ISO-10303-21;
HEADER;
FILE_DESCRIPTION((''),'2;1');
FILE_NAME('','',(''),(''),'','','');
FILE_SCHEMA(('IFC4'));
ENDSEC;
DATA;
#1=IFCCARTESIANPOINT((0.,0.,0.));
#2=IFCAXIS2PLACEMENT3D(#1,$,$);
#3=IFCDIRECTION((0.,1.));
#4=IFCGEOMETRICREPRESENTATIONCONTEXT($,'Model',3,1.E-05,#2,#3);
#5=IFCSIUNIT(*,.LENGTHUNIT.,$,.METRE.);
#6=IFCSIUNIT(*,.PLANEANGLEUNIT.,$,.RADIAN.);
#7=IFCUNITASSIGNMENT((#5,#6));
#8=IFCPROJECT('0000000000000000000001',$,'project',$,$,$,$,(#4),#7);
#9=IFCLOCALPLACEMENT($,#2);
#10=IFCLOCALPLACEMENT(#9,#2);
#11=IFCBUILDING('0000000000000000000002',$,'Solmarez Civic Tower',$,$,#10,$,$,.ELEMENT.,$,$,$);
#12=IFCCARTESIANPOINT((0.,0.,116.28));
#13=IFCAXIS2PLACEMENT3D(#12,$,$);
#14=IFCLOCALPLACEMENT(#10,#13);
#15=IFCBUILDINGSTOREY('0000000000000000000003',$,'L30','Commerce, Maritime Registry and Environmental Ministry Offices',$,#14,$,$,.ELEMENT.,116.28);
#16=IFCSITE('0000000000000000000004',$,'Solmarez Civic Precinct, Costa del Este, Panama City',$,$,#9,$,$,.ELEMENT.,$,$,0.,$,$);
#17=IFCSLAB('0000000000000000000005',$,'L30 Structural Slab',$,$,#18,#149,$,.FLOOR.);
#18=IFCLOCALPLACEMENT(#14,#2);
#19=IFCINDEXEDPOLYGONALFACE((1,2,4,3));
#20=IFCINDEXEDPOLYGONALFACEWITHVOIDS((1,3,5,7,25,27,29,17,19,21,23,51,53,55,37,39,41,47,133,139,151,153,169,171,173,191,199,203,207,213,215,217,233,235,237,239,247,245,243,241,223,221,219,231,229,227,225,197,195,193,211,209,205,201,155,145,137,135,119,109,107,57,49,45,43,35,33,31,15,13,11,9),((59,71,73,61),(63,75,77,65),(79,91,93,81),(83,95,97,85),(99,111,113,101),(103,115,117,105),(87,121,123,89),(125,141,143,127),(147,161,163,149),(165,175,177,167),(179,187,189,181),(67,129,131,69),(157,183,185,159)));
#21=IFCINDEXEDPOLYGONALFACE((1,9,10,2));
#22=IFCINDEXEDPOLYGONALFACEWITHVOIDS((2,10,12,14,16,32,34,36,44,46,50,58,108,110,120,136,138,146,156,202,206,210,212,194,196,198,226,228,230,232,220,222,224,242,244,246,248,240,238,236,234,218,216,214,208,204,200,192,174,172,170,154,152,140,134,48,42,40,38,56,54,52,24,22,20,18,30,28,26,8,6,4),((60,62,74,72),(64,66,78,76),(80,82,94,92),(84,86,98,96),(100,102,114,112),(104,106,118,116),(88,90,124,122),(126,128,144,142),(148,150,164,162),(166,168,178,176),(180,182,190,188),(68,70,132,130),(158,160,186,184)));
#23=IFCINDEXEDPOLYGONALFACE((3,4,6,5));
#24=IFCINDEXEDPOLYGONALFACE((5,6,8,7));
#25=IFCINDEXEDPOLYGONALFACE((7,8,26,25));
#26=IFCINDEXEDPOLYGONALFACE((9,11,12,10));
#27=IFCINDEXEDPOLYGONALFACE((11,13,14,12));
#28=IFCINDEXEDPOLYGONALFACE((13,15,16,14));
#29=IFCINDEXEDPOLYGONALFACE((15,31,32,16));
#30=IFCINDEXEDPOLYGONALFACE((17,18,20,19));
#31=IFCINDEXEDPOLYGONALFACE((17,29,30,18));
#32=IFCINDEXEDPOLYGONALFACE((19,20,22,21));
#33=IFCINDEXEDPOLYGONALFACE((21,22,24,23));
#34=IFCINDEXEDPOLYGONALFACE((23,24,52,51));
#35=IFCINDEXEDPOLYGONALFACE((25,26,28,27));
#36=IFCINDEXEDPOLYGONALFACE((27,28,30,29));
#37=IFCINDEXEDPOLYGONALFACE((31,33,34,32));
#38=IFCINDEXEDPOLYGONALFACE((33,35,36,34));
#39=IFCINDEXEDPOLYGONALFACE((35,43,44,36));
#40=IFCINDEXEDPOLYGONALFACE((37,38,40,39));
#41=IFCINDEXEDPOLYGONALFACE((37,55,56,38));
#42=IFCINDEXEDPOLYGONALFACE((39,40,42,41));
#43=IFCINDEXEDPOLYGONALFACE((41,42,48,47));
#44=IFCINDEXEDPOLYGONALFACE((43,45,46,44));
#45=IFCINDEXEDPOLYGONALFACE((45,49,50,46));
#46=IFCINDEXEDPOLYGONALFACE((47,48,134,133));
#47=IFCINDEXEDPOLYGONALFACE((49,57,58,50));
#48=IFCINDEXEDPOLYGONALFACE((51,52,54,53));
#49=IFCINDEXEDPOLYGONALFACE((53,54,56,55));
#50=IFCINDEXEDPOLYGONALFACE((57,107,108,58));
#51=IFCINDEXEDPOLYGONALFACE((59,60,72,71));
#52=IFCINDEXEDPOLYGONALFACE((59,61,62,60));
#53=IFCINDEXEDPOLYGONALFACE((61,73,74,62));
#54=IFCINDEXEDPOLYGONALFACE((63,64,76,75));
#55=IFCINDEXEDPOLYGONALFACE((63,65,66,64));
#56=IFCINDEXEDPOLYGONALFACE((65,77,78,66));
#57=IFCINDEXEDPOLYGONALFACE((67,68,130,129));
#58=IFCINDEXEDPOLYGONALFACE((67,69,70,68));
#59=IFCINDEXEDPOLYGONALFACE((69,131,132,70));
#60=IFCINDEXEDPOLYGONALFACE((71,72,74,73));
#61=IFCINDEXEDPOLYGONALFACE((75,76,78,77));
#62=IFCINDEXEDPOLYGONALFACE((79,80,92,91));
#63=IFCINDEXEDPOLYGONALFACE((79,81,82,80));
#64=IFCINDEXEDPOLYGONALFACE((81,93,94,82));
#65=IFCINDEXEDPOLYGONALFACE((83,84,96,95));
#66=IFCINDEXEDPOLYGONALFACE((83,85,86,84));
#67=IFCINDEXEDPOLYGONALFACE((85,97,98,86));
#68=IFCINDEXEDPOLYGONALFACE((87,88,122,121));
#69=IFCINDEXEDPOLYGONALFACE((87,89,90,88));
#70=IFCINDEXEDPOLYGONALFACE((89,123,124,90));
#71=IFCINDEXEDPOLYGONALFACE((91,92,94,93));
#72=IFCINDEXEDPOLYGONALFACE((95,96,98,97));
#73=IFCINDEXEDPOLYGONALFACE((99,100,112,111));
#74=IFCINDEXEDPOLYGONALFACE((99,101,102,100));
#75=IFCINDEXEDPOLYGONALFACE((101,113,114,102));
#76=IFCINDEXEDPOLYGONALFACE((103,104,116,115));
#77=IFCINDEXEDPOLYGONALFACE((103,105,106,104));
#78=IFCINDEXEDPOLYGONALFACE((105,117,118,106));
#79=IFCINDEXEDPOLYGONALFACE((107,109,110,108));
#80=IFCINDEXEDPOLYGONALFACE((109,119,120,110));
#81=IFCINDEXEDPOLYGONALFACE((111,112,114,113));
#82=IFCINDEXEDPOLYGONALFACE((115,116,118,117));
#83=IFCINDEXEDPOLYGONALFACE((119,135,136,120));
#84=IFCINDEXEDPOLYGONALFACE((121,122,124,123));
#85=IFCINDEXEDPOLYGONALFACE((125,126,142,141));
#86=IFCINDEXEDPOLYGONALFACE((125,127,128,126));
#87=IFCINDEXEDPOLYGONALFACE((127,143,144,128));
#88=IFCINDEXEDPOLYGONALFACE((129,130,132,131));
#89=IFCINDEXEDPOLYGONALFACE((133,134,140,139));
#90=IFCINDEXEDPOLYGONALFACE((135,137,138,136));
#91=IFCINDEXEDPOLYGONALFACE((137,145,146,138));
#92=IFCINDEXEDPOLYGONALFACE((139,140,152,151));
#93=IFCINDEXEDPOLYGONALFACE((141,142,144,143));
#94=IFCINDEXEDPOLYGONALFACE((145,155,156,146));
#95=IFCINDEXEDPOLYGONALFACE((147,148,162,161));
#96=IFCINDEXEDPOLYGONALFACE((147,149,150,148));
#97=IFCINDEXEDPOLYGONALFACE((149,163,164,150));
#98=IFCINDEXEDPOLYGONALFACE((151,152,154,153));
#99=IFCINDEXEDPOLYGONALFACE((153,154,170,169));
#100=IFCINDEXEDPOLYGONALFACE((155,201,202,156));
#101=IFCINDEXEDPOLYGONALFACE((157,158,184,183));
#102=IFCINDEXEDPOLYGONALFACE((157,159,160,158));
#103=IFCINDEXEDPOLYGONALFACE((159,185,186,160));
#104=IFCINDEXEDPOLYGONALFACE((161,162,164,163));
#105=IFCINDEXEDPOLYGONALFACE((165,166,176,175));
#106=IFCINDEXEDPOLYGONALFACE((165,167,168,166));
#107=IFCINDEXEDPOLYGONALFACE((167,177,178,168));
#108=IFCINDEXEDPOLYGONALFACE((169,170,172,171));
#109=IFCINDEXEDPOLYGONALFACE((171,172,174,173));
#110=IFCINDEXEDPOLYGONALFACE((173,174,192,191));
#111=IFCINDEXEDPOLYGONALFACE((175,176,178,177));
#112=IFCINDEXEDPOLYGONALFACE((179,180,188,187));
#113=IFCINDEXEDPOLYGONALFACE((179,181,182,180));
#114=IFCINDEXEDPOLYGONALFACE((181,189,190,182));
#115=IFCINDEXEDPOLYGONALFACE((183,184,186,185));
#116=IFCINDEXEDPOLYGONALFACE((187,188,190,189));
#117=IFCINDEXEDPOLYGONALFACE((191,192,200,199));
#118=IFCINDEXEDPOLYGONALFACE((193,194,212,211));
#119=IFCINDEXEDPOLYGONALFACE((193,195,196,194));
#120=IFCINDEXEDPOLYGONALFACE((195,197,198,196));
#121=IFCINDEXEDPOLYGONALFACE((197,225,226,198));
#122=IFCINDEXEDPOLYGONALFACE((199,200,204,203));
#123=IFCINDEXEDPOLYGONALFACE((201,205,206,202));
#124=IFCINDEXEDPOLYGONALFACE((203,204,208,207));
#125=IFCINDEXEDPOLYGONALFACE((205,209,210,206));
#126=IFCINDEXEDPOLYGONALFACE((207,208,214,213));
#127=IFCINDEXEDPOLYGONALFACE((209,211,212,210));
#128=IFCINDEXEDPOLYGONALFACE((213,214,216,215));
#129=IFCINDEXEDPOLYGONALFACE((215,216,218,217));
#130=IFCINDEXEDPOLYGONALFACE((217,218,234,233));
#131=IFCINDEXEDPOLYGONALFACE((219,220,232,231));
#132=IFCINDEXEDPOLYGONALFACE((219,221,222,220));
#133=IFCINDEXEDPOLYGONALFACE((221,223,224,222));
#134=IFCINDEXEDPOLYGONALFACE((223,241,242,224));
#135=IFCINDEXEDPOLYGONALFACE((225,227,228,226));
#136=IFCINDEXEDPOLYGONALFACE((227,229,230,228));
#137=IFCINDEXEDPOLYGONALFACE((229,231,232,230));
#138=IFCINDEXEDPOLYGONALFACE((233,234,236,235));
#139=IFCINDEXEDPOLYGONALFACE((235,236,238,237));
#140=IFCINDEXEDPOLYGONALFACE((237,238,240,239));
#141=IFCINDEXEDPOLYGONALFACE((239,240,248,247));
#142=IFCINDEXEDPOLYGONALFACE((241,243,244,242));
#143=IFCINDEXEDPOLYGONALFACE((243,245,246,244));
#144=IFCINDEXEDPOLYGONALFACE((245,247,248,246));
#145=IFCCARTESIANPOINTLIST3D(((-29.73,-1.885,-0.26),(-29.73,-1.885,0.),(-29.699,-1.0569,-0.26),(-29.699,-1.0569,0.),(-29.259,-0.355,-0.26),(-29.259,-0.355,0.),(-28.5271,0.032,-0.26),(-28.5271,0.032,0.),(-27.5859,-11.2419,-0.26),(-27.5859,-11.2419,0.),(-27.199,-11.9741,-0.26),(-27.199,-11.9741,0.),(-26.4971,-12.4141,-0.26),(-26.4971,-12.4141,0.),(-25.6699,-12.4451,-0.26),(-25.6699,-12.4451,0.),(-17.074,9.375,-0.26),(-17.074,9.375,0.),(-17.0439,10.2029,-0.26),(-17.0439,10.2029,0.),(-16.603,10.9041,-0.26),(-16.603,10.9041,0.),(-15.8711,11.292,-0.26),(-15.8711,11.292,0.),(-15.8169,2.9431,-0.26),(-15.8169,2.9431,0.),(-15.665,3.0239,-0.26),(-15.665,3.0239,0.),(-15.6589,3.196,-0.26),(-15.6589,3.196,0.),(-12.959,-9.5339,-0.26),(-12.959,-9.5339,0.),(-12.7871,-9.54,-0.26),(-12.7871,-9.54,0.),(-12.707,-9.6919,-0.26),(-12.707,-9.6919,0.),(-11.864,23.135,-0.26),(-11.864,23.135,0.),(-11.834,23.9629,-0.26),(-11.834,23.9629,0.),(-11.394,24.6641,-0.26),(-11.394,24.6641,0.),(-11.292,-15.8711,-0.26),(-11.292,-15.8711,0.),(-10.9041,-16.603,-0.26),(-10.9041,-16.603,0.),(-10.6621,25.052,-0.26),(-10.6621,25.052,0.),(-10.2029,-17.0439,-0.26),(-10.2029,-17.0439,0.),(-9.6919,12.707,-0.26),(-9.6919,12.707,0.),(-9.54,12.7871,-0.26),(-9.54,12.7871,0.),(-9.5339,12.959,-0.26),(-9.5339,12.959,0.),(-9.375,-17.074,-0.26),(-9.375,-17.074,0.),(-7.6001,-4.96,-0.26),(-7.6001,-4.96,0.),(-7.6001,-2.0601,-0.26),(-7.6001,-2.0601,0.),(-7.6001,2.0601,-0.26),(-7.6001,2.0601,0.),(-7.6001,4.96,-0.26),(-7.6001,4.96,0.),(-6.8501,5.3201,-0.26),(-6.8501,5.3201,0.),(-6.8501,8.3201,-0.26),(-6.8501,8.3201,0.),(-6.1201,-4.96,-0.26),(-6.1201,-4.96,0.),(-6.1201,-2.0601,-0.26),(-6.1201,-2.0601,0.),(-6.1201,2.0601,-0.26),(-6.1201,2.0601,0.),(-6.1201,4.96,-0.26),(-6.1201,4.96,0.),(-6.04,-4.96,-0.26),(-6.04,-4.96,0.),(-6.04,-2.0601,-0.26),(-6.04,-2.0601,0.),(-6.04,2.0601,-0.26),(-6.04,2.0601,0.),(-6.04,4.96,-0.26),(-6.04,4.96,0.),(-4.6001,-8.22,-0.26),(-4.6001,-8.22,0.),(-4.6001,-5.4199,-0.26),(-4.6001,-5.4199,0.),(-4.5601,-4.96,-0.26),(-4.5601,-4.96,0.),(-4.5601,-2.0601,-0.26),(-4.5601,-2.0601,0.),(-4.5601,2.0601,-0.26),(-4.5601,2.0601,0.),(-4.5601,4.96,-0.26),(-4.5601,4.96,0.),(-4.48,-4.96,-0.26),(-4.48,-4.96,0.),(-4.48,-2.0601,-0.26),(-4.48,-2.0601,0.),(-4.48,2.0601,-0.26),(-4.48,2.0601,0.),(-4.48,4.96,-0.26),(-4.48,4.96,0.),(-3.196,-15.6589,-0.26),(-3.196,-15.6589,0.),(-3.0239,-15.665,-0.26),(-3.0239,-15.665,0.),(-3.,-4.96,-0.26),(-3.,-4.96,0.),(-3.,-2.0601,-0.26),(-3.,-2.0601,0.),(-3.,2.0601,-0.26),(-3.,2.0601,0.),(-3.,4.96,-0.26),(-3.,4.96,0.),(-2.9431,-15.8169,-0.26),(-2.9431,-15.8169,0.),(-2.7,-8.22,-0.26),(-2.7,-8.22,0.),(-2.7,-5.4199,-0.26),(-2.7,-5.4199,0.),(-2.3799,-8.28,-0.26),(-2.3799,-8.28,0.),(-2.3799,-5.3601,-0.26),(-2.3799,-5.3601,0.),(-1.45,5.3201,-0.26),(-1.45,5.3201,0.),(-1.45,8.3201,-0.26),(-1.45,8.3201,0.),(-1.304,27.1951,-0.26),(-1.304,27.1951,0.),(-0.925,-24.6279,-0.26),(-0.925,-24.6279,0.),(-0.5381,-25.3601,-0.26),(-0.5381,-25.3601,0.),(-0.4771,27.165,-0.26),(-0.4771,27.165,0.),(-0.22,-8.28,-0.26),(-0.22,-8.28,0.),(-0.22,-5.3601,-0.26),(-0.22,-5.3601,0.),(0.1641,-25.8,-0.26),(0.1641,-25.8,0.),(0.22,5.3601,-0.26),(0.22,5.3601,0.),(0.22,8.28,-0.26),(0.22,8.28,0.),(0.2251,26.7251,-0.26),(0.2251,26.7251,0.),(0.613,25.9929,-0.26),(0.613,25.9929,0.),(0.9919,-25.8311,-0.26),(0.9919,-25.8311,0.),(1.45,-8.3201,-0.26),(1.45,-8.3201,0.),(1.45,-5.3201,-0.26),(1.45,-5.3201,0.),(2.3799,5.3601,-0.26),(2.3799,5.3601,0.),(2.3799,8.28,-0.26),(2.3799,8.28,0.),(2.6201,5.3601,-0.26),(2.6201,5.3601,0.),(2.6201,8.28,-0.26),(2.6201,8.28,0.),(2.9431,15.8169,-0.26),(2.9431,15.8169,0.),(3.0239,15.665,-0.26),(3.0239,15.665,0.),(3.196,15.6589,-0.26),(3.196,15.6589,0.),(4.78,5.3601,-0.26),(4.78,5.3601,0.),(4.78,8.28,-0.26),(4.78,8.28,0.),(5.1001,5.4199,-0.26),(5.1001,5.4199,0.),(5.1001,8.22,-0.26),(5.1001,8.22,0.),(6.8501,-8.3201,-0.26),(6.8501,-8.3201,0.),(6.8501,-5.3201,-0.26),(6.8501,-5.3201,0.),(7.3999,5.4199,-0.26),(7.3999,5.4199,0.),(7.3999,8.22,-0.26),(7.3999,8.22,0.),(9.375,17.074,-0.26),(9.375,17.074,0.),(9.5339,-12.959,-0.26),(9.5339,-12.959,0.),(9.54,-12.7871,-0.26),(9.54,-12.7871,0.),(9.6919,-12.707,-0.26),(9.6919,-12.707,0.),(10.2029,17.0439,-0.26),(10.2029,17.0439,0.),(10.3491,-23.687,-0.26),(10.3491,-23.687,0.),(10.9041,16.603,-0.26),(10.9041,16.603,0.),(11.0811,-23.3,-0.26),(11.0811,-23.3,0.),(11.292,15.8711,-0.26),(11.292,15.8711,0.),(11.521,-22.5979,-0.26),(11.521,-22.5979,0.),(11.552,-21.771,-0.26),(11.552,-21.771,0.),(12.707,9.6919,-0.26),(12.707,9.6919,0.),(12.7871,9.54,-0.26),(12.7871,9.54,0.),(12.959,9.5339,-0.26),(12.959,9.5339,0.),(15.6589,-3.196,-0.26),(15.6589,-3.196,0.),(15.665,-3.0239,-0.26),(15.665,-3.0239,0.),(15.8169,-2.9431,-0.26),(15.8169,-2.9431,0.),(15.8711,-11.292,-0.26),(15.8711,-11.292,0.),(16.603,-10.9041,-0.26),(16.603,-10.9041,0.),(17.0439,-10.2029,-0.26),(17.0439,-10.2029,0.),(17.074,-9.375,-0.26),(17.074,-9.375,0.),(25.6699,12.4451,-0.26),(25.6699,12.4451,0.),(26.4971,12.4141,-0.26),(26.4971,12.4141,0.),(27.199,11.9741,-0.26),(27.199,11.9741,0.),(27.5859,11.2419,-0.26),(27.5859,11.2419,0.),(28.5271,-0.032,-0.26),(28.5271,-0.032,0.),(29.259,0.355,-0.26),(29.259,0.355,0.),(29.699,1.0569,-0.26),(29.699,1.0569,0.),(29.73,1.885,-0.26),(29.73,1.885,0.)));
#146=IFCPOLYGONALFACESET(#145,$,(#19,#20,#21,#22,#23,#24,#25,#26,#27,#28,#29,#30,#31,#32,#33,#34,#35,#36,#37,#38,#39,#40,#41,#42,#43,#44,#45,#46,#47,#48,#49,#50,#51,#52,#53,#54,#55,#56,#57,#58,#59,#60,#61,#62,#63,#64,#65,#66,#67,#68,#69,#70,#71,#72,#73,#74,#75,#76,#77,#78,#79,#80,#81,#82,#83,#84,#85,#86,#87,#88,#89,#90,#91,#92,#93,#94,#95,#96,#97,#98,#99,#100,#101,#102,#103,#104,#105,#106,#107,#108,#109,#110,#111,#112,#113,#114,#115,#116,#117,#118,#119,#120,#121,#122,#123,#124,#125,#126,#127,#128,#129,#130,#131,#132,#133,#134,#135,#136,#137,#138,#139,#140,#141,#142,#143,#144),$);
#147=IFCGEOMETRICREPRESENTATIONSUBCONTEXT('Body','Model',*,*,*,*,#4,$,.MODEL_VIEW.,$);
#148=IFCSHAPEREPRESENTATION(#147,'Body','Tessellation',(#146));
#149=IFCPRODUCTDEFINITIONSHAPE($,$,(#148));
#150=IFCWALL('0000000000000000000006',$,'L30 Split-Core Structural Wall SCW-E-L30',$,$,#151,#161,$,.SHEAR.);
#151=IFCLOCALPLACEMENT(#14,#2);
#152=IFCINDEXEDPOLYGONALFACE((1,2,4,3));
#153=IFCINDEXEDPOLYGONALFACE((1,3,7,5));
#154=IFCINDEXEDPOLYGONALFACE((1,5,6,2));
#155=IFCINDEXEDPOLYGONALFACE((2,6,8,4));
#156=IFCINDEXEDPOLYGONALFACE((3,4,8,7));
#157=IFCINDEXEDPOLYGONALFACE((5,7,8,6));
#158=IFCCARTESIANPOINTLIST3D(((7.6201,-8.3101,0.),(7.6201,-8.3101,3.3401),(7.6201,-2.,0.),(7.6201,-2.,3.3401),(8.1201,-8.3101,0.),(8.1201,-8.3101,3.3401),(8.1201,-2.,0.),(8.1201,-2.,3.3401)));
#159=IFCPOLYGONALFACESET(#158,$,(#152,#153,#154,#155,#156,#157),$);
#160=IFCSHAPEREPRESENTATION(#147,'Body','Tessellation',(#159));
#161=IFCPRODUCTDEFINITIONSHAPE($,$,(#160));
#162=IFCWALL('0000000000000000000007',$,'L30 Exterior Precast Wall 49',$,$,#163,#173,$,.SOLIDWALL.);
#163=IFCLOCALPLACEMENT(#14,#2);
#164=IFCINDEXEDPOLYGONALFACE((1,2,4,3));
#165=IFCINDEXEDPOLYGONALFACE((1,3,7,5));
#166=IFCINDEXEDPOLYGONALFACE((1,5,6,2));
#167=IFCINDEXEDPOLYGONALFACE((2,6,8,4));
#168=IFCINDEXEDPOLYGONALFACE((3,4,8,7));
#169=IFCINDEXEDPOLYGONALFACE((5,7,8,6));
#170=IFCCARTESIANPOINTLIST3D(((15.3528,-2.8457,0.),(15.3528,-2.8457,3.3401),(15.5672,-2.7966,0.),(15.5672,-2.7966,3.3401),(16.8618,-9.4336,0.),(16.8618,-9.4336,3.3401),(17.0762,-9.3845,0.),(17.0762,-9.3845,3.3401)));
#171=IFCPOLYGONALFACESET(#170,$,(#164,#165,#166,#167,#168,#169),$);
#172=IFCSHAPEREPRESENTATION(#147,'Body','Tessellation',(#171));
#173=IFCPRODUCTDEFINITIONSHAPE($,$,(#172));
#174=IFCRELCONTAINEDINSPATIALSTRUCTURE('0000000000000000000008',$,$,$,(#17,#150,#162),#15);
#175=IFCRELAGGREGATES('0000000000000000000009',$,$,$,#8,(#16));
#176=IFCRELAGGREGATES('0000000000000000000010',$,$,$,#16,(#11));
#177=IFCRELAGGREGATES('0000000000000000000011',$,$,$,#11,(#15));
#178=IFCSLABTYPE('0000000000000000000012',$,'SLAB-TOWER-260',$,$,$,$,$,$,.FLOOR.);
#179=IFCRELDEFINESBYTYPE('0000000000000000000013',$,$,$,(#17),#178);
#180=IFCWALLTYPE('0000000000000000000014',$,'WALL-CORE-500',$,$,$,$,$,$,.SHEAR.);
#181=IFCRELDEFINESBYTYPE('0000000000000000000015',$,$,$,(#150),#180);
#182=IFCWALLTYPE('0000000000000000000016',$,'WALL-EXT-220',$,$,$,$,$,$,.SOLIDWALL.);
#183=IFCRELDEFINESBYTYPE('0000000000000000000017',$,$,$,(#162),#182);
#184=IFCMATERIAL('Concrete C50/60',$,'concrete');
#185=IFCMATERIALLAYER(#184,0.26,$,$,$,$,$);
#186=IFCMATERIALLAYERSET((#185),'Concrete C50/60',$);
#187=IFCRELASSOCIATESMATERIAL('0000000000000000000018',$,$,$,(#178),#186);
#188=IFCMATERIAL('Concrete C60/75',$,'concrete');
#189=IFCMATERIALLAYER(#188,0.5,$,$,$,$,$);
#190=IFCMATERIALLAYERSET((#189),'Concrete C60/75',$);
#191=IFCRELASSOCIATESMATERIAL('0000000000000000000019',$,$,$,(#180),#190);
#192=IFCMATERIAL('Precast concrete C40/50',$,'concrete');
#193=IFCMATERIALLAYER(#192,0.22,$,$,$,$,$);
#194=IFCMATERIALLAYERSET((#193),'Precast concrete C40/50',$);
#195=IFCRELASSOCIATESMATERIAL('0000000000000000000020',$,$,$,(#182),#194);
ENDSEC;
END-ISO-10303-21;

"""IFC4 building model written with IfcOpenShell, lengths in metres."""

from ifc_helpers import new_model, si_unit, direction, frame, frame_2d, origin, place, context, subcontext, project, spatial, polyline, rectangle, outline, extrude, material, layer, layer_set, type_object, element, save


model = new_model("IFC4")

# Units and contexts
model_context = context("Model", 3, precision=1e-05, world=origin(), true_north=direction((0.0, 1.0)))
body_context = subcontext(model_context, "Body", "Model", "MODEL_VIEW")
ifc_project = project(units=[si_unit("LENGTHUNIT", "METRE"), si_unit("PLANEANGLEUNIT", "RADIAN")], contexts=[model_context])

# Site, building, storey
site_placement = place(None, origin())
site = spatial("IfcSite", under=ifc_project, at=site_placement, Name="Solmarez Civic Precinct, Costa del Este, Panama City", CompositionType="ELEMENT", RefElevation=0.0)
building_placement = place(site_placement, origin())
building = spatial("IfcBuilding", under=site, at=building_placement, Name="Solmarez Civic Tower", CompositionType="ELEMENT")
storey_placement = place(building_placement, frame((0.0, 0.0, 116.28)))
storey = spatial("IfcBuildingStorey", under=building, at=storey_placement, Name="L30", Description="Commerce, Maritime Registry and Environmental Ministry Offices", CompositionType="ELEMENT", Elevation=116.28)

# Shared definitions
ifc_material_1 = material(Name="Concrete C50/60", Category="concrete")

# Slab
ifc_layer_1 = layer(ifc_material_1, 0.26)
ifc_layer_set_1 = layer_set([ifc_layer_1], Name="Concrete C50/60")
slab_type_1 = type_object("IfcSlabType", Name="SLAB-TOWER-260", PredefinedType="FLOOR", material=ifc_layer_set_1)
slab_1_placement = place(storey_placement, frame((0.0, 0.0, -0.26)))
element("IfcSlab", 1, at=slab_1_placement, inside=storey, type_object=slab_type_1, Name="L30 Structural Slab", PredefinedType="FLOOR", context=body_context, shape_type="SweptSolid", body=[
    extrude(outline(polyline([(-12.707, -9.6919), (-11.292, -15.8711), (-10.9041, -16.603), (-10.2029, -17.0439), (-9.375, -17.074), (-3.196, -15.6589), (-3.0239, -15.665), (-2.9431, -15.8169), (-0.925, -24.6279), (-0.5381, -25.3601), (0.1641, -25.8), (0.9919, -25.8311), (10.3491, -23.687), (11.0811, -23.3), (11.521, -22.5979), (11.552, -21.771), (9.5339, -12.959), (9.54, -12.7871), (9.6919, -12.707), (15.8711, -11.292), (16.603, -10.9041), (17.0439, -10.2029), (17.074, -9.375), (15.6589, -3.196), (15.665, -3.0239), (15.8169, -2.9431), (28.5271, -0.032), (29.259, 0.355), (29.699, 1.0569), (29.73, 1.885), (27.5859, 11.2419), (27.199, 11.9741), (26.4971, 12.4141), (25.6699, 12.4451), (12.959, 9.5339), (12.7871, 9.54), (12.707, 9.6919), (11.292, 15.8711), (10.9041, 16.603), (10.2029, 17.0439), (9.375, 17.074), (3.196, 15.6589), (3.0239, 15.665), (2.9431, 15.8169), (0.613, 25.9929), (0.2251, 26.7251), (-0.4771, 27.165), (-1.304, 27.1951), (-10.6621, 25.052), (-11.394, 24.6641), (-11.834, 23.9629), (-11.864, 23.135), (-9.5339, 12.959), (-9.54, 12.7871), (-9.6919, 12.707), (-15.8711, 11.292), (-16.603, 10.9041), (-17.0439, 10.2029), (-17.074, 9.375), (-15.6589, 3.196), (-15.665, 3.0239), (-15.8169, 2.9431), (-28.5271, 0.032), (-29.259, -0.355), (-29.699, -1.0569), (-29.73, -1.885), (-27.5859, -11.2419), (-27.199, -11.9741), (-26.4971, -12.4141), (-25.6699, -12.4451), (-12.959, -9.5339), (-12.7871, -9.54), (-12.707, -9.6919)]), holes=[polyline([(-1.45, 8.3201), (-6.8501, 8.3201), (-6.8501, 5.3201), (-1.45, 5.3201), (-1.45, 8.3201)]), polyline([(1.45, -8.3201), (6.8501, -8.3201), (6.8501, -5.3201), (1.45, -5.3201), (1.45, -8.3201)]), polyline([(0.22, 5.3601), (2.3799, 5.3601), (2.3799, 8.28), (0.22, 8.28), (0.22, 5.3601)]), polyline([(2.6201, 5.3601), (4.78, 5.3601), (4.78, 8.28), (2.6201, 8.28), (2.6201, 5.3601)]), polyline([(-2.3799, -8.28), (-0.22, -8.28), (-0.22, -5.3601), (-2.3799, -5.3601), (-2.3799, -8.28)]), polyline([(-7.6001, -4.96), (-6.1201, -4.96), (-6.1201, -2.0601), (-7.6001, -2.0601), (-7.6001, -4.96)]), polyline([(-6.04, -4.96), (-4.5601, -4.96), (-4.5601, -2.0601), (-6.04, -2.0601), (-6.04, -4.96)]), polyline([(-4.48, -4.96), (-3.0, -4.96), (-3.0, -2.0601), (-4.48, -2.0601), (-4.48, -4.96)]), polyline([(-7.6001, 2.0601), (-6.1201, 2.0601), (-6.1201, 4.96), (-7.6001, 4.96), (-7.6001, 2.0601)]), polyline([(-6.04, 2.0601), (-4.5601, 2.0601), (-4.5601, 4.96), (-6.04, 4.96), (-6.04, 2.0601)]), polyline([(-4.48, 2.0601), (-3.0, 2.0601), (-3.0, 4.96), (-4.48, 4.96), (-4.48, 2.0601)]), polyline([(5.1001, 5.4199), (7.3999, 5.4199), (7.3999, 8.22), (5.1001, 8.22), (5.1001, 5.4199)]), polyline([(-4.6001, -8.22), (-2.7, -8.22), (-2.7, -5.4199), (-4.6001, -5.4199), (-4.6001, -8.22)])]), origin(), (0.0, 0.0, 1.0), 0.26),
])

# Walls
ifc_material_2 = material(Name="Concrete C60/75", Category="concrete")
ifc_layer_2 = layer(ifc_material_2, 0.5)
ifc_layer_set_2 = layer_set([ifc_layer_2], Name="Concrete C60/75")
wall_type_1 = type_object("IfcWallType", Name="WALL-CORE-500", PredefinedType="SHEAR", material=ifc_layer_set_2)
wall_1_placement = place(storey_placement, frame((7.8701, -2.0, 0.0), z_axis=(0.0, 0.0, 1.0), x_axis=(0.0, -1.0, 0.0)))
element("IfcWall", 2, at=wall_1_placement, inside=storey, type_object=wall_type_1, Name="L30 Split-Core Structural Wall SCW-E-L30", PredefinedType="SHEAR", context=body_context, shape_type="SweptSolid", body=[
    extrude(rectangle(XDim=6.3101, YDim=0.5, at=frame_2d((3.155, 0.0))), origin(), (0.0, 0.0, 1.0), 3.3401),
])
ifc_material_3 = material(Name="Precast concrete C40/50", Category="concrete")
ifc_layer_3 = layer(ifc_material_3, 0.22)
ifc_layer_set_3 = layer_set([ifc_layer_3], Name="Precast concrete C40/50")
wall_type_2 = type_object("IfcWallType", Name="WALL-EXT-220", PredefinedType="SOLIDWALL", material=ifc_layer_set_3)
wall_2_placement = place(storey_placement, frame((15.46, -2.821, 0.0), z_axis=(0.0, 0.0, 1.0), x_axis=(0.223279, -0.974755, 0.0)))
element("IfcWall", 3, at=wall_2_placement, inside=storey, type_object=wall_type_2, Name="L30 Exterior Precast Wall 49", PredefinedType="SOLIDWALL", context=body_context, shape_type="SweptSolid", body=[
    extrude(rectangle(XDim=6.7585, YDim=0.22, at=frame_2d((3.3794, 0.0))), origin(), (0.0, 0.0, 1.0), 3.3401),
])

save(model, "model.ifc")
